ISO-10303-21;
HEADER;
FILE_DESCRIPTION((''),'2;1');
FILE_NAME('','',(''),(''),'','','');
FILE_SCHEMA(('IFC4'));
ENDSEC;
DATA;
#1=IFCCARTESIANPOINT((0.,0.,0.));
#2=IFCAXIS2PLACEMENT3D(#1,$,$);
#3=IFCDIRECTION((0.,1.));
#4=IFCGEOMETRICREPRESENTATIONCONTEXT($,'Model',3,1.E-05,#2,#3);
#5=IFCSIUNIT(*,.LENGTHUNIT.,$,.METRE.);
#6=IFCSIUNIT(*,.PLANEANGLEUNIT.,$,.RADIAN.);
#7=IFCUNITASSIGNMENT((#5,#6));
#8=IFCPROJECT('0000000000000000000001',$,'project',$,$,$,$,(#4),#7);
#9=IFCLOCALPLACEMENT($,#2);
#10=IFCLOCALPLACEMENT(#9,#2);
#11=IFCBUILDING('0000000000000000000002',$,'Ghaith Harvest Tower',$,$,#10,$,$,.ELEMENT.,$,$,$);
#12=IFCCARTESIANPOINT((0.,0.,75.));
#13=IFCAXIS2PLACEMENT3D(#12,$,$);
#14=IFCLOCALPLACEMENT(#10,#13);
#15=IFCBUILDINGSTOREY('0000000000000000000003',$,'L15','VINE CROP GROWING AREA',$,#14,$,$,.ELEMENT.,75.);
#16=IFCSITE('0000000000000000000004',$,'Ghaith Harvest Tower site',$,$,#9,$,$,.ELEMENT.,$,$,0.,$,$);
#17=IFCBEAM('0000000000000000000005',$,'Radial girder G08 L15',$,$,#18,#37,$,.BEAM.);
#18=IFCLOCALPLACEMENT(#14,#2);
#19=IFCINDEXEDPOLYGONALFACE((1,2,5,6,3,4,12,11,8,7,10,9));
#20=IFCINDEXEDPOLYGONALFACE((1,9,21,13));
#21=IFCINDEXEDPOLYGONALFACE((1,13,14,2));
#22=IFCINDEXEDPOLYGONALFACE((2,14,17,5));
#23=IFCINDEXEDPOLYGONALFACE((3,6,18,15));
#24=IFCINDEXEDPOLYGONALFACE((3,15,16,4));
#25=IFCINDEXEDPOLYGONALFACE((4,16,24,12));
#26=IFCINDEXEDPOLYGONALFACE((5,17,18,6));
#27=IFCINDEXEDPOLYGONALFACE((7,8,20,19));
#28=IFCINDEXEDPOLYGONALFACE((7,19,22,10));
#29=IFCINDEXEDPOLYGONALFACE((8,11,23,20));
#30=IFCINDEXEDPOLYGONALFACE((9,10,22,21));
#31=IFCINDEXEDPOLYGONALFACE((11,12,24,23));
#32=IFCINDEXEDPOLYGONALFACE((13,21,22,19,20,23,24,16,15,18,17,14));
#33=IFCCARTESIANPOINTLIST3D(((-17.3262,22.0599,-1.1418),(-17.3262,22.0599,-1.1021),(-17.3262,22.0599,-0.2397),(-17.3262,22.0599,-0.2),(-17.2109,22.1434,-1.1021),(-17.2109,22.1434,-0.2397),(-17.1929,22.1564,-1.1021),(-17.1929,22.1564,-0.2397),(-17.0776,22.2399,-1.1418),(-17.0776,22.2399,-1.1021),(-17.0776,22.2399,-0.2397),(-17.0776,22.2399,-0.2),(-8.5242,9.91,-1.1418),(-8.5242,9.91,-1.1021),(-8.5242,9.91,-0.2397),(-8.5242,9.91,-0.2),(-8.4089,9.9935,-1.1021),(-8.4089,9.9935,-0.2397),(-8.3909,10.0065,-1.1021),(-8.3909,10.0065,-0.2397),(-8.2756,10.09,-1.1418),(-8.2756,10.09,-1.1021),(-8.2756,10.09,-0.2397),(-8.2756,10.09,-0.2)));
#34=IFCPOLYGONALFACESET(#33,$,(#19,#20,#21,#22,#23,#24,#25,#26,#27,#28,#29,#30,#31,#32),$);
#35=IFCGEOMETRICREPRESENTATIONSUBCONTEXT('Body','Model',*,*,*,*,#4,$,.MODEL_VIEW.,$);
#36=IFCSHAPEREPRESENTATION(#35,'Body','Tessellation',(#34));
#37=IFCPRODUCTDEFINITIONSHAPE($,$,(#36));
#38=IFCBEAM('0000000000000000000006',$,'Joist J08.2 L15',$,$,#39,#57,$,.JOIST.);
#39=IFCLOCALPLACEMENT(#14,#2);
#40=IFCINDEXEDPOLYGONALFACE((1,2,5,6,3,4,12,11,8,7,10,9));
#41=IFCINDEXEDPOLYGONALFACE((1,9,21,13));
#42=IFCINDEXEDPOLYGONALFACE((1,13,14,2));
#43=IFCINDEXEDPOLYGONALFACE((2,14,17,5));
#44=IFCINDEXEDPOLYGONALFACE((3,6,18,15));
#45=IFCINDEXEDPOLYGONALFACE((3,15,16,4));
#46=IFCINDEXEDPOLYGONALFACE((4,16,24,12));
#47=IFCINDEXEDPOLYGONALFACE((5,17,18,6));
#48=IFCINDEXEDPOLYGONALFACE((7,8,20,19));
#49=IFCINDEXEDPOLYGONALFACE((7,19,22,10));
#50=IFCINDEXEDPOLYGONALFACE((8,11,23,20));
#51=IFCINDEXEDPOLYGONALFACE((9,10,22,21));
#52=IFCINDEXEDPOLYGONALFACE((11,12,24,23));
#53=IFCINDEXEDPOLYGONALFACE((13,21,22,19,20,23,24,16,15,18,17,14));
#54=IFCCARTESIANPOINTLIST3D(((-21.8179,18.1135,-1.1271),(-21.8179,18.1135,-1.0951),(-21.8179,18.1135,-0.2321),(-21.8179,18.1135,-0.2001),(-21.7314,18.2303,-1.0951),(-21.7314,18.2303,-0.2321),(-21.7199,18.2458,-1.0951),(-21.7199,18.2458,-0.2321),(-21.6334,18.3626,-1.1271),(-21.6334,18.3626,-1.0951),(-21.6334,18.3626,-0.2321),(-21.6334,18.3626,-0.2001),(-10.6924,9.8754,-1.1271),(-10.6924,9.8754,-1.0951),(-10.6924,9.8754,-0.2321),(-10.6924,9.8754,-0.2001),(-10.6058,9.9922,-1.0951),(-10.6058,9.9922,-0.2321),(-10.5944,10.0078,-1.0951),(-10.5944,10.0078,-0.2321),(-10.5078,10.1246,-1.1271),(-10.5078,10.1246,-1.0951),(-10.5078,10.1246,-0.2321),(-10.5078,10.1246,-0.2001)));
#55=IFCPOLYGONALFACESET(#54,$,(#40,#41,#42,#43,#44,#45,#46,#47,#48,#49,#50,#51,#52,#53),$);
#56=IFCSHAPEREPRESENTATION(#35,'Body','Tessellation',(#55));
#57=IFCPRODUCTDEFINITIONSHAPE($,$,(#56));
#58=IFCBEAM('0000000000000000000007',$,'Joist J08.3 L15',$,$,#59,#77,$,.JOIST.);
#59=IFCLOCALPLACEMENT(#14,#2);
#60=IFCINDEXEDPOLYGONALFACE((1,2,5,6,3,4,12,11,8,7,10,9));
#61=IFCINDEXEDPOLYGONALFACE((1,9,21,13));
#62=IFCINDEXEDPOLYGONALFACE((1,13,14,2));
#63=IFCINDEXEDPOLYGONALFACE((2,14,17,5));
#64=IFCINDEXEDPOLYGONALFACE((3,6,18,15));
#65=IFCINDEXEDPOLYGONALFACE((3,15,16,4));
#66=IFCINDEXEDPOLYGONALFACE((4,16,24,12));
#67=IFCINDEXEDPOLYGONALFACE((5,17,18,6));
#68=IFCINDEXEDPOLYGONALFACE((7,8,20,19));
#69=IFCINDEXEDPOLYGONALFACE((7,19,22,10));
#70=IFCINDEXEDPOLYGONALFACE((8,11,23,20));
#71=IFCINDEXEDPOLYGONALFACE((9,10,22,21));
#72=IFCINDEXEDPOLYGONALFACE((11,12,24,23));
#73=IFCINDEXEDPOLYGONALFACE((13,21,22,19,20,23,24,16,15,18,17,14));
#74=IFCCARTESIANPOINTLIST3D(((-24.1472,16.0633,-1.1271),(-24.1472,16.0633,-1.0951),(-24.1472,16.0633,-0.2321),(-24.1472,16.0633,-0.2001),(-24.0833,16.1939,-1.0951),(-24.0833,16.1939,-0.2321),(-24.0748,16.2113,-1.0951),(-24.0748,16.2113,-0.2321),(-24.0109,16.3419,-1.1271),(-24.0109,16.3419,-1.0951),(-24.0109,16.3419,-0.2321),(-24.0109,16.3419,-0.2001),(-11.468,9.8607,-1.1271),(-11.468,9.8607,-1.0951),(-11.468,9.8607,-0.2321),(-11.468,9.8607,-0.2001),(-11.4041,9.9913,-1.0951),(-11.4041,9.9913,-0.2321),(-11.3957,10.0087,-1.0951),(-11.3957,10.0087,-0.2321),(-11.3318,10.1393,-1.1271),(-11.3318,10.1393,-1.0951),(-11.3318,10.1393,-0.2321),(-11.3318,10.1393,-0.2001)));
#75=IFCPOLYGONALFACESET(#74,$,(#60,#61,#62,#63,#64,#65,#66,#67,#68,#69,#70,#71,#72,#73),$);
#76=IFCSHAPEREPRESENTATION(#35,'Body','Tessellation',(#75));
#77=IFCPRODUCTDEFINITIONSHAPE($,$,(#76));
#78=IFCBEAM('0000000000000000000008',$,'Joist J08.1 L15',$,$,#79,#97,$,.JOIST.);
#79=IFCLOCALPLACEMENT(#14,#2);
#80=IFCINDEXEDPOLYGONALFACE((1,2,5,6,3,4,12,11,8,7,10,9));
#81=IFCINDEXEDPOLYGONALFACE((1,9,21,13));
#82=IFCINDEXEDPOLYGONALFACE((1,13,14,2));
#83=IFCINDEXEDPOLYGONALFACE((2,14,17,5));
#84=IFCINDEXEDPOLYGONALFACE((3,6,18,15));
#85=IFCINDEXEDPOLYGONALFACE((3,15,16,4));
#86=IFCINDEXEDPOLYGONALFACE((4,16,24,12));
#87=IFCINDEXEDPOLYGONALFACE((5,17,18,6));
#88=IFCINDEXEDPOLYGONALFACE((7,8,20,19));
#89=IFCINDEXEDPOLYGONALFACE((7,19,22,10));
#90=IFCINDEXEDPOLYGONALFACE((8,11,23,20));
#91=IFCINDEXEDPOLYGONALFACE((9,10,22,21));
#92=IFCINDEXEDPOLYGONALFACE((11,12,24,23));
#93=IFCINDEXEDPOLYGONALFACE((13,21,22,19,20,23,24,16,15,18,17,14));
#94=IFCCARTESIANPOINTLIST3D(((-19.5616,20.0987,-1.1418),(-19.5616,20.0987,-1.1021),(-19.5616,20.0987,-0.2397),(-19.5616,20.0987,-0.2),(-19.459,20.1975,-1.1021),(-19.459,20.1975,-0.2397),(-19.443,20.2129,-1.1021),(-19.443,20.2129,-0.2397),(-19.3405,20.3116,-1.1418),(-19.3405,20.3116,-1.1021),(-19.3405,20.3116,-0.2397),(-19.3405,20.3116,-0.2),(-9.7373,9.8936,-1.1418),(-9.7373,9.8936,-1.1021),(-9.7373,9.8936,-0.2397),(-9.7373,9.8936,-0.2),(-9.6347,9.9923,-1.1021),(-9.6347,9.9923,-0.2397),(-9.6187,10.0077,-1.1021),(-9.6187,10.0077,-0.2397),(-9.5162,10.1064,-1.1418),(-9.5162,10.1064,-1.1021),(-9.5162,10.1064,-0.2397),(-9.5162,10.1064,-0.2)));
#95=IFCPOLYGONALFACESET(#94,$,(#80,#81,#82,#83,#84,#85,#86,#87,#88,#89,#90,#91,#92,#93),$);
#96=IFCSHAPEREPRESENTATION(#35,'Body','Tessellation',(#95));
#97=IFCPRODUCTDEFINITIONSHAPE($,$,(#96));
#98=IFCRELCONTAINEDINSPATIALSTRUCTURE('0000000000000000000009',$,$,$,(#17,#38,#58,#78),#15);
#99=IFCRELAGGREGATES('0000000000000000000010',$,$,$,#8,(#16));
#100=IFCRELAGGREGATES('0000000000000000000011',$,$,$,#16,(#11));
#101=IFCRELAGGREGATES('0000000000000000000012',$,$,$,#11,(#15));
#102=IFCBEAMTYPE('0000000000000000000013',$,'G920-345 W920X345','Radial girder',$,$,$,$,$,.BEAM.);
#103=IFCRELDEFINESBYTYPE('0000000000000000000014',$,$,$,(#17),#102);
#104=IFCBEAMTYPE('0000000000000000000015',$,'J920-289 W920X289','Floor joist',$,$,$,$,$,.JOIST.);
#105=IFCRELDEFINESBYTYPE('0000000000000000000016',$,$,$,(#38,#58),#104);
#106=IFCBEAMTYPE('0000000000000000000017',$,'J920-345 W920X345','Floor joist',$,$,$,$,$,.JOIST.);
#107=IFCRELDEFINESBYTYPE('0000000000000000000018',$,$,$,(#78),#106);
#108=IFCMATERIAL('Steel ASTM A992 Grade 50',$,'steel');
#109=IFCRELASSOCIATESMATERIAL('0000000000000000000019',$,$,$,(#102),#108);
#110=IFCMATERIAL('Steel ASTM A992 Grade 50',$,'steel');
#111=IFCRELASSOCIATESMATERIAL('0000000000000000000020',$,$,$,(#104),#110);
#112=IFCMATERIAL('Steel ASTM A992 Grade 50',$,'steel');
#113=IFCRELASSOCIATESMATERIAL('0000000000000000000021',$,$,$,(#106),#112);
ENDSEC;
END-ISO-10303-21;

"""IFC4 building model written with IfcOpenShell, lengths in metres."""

from ifc_helpers import new_model, si_unit, direction, frame, origin, origin_2d, place, context, subcontext, project, spatial, i_section, extrude, material, material_profile, profile_set, type_object, element, save


model = new_model("IFC4")

# Units and contexts
model_context = context("Model", 3, precision=1e-05, world=origin(), true_north=direction((0.0, 1.0)))
body_context = subcontext(model_context, "Body", "Model", "MODEL_VIEW")
ifc_project = project(units=[si_unit("LENGTHUNIT", "METRE"), si_unit("PLANEANGLEUNIT", "RADIAN")], contexts=[model_context])

# Site, building, storey
site_placement = place(None, origin())
site = spatial("IfcSite", under=ifc_project, at=site_placement, Name="Ghaith Harvest Tower site", CompositionType="ELEMENT", RefElevation=0.0)
building_placement = place(site_placement, origin())
building = spatial("IfcBuilding", under=site, at=building_placement, Name="Ghaith Harvest Tower", CompositionType="ELEMENT")
storey_placement = place(building_placement, frame((0.0, 0.0, 75.0)))
storey = spatial("IfcBuildingStorey", under=building, at=storey_placement, Name="L15", Description="VINE CROP GROWING AREA", CompositionType="ELEMENT", Elevation=75.0)

# Beams
ifc_material_1 = material(Name="Steel ASTM A992 Grade 50", Category="steel")
ifc_material_profile_1 = material_profile(ifc_material_1, i_section(OverallWidth=0.3069, OverallDepth=0.9419, WebThickness=0.0222, FlangeThickness=0.0398, at=origin_2d()), Name="W920X345")
ifc_profile_set_1 = profile_set([ifc_material_profile_1], Name="Steel ASTM A992 Grade 50")
beam_type_1 = type_object("IfcBeamType", Name="G920-345 W920X345", Description="Radial girder", PredefinedType="BEAM", material=ifc_profile_set_1)
beam_1_placement = place(storey_placement, frame((-8.3999, 10.0, -0.6709), z_axis=(-0.586676, 0.809822, 0.0), x_axis=(-0.809822, -0.586676, 0.0)))
element("IfcBeam", 1, at=beam_1_placement, inside=storey, type_object=beam_type_1, Name="Radial girder G08 L15", PredefinedType="BEAM", context=body_context, shape_type="SweptSolid", body=[
    extrude(i_section(OverallWidth=0.3069, OverallDepth=0.9419, WebThickness=0.0222, FlangeThickness=0.0398, at=origin_2d()), origin(), (0.0, 0.0, 1.0), 15.0032),
])
ifc_material_2 = material(Name="Steel ASTM A992 Grade 50", Category="steel")
ifc_material_profile_2 = material_profile(ifc_material_2, i_section(OverallWidth=0.3101, OverallDepth=0.927, WebThickness=0.0193, FlangeThickness=0.032, at=origin_2d()), Name="W920X289")
ifc_profile_set_2 = profile_set([ifc_material_profile_2], Name="Steel ASTM A992 Grade 50")
beam_type_2 = type_object("IfcBeamType", Name="J920-289 W920X289", Description="Floor joist", PredefinedType="JOIST", material=ifc_profile_set_2)
beam_2_placement = place(storey_placement, frame((-10.6001, 10.0, -0.6636), z_axis=(-0.803663, 0.595085, 0.0), x_axis=(-0.595085, -0.803663, 0.0)))
element("IfcBeam", 2, at=beam_2_placement, inside=storey, type_object=beam_type_2, Name="Joist J08.2 L15", PredefinedType="JOIST", context=body_context, shape_type="SweptSolid", body=[
    extrude(i_section(OverallWidth=0.3101, OverallDepth=0.927, WebThickness=0.0193, FlangeThickness=0.032, at=origin_2d()), origin(), (0.0, 0.0, 1.0), 13.8435),
])
beam_3_placement = place(storey_placement, frame((-11.3999, 10.0, -0.6636), z_axis=(-0.898275, 0.439434, 0.0), x_axis=(-0.439434, -0.898275, 0.0)))
element("IfcBeam", 3, at=beam_3_placement, inside=storey, type_object=beam_type_2, Name="Joist J08.3 L15", PredefinedType="JOIST", context=body_context, shape_type="SweptSolid", body=[
    extrude(i_section(OverallWidth=0.3101, OverallDepth=0.927, WebThickness=0.0193, FlangeThickness=0.032, at=origin_2d()), origin(), (0.0, 0.0, 1.0), 14.115),
])
ifc_material_3 = material(Name="Steel ASTM A992 Grade 50", Category="steel")
ifc_material_profile_3 = material_profile(ifc_material_3, i_section(OverallWidth=0.3069, OverallDepth=0.9419, WebThickness=0.0222, FlangeThickness=0.0398, at=origin_2d()), Name="W920X345")
ifc_profile_set_3 = profile_set([ifc_material_profile_3], Name="Steel ASTM A992 Grade 50")
beam_type_3 = type_object("IfcBeamType", Name="J920-345 W920X345", Description="Floor joist", PredefinedType="JOIST", material=ifc_profile_set_3)
beam_4_placement = place(storey_placement, frame((-9.6267, 10.0, -0.6709), z_axis=(-0.693536, 0.720422, 0.0), x_axis=(-0.720422, -0.693536, 0.0)))
element("IfcBeam", 4, at=beam_4_placement, inside=storey, type_object=beam_type_3, Name="Joist J08.1 L15", PredefinedType="JOIST", context=body_context, shape_type="SweptSolid", body=[
    extrude(i_section(OverallWidth=0.3069, OverallDepth=0.9419, WebThickness=0.0222, FlangeThickness=0.0398, at=origin_2d()), origin(), (0.0, 0.0, 1.0), 14.1655),
])

save(model, "model.ifc")
